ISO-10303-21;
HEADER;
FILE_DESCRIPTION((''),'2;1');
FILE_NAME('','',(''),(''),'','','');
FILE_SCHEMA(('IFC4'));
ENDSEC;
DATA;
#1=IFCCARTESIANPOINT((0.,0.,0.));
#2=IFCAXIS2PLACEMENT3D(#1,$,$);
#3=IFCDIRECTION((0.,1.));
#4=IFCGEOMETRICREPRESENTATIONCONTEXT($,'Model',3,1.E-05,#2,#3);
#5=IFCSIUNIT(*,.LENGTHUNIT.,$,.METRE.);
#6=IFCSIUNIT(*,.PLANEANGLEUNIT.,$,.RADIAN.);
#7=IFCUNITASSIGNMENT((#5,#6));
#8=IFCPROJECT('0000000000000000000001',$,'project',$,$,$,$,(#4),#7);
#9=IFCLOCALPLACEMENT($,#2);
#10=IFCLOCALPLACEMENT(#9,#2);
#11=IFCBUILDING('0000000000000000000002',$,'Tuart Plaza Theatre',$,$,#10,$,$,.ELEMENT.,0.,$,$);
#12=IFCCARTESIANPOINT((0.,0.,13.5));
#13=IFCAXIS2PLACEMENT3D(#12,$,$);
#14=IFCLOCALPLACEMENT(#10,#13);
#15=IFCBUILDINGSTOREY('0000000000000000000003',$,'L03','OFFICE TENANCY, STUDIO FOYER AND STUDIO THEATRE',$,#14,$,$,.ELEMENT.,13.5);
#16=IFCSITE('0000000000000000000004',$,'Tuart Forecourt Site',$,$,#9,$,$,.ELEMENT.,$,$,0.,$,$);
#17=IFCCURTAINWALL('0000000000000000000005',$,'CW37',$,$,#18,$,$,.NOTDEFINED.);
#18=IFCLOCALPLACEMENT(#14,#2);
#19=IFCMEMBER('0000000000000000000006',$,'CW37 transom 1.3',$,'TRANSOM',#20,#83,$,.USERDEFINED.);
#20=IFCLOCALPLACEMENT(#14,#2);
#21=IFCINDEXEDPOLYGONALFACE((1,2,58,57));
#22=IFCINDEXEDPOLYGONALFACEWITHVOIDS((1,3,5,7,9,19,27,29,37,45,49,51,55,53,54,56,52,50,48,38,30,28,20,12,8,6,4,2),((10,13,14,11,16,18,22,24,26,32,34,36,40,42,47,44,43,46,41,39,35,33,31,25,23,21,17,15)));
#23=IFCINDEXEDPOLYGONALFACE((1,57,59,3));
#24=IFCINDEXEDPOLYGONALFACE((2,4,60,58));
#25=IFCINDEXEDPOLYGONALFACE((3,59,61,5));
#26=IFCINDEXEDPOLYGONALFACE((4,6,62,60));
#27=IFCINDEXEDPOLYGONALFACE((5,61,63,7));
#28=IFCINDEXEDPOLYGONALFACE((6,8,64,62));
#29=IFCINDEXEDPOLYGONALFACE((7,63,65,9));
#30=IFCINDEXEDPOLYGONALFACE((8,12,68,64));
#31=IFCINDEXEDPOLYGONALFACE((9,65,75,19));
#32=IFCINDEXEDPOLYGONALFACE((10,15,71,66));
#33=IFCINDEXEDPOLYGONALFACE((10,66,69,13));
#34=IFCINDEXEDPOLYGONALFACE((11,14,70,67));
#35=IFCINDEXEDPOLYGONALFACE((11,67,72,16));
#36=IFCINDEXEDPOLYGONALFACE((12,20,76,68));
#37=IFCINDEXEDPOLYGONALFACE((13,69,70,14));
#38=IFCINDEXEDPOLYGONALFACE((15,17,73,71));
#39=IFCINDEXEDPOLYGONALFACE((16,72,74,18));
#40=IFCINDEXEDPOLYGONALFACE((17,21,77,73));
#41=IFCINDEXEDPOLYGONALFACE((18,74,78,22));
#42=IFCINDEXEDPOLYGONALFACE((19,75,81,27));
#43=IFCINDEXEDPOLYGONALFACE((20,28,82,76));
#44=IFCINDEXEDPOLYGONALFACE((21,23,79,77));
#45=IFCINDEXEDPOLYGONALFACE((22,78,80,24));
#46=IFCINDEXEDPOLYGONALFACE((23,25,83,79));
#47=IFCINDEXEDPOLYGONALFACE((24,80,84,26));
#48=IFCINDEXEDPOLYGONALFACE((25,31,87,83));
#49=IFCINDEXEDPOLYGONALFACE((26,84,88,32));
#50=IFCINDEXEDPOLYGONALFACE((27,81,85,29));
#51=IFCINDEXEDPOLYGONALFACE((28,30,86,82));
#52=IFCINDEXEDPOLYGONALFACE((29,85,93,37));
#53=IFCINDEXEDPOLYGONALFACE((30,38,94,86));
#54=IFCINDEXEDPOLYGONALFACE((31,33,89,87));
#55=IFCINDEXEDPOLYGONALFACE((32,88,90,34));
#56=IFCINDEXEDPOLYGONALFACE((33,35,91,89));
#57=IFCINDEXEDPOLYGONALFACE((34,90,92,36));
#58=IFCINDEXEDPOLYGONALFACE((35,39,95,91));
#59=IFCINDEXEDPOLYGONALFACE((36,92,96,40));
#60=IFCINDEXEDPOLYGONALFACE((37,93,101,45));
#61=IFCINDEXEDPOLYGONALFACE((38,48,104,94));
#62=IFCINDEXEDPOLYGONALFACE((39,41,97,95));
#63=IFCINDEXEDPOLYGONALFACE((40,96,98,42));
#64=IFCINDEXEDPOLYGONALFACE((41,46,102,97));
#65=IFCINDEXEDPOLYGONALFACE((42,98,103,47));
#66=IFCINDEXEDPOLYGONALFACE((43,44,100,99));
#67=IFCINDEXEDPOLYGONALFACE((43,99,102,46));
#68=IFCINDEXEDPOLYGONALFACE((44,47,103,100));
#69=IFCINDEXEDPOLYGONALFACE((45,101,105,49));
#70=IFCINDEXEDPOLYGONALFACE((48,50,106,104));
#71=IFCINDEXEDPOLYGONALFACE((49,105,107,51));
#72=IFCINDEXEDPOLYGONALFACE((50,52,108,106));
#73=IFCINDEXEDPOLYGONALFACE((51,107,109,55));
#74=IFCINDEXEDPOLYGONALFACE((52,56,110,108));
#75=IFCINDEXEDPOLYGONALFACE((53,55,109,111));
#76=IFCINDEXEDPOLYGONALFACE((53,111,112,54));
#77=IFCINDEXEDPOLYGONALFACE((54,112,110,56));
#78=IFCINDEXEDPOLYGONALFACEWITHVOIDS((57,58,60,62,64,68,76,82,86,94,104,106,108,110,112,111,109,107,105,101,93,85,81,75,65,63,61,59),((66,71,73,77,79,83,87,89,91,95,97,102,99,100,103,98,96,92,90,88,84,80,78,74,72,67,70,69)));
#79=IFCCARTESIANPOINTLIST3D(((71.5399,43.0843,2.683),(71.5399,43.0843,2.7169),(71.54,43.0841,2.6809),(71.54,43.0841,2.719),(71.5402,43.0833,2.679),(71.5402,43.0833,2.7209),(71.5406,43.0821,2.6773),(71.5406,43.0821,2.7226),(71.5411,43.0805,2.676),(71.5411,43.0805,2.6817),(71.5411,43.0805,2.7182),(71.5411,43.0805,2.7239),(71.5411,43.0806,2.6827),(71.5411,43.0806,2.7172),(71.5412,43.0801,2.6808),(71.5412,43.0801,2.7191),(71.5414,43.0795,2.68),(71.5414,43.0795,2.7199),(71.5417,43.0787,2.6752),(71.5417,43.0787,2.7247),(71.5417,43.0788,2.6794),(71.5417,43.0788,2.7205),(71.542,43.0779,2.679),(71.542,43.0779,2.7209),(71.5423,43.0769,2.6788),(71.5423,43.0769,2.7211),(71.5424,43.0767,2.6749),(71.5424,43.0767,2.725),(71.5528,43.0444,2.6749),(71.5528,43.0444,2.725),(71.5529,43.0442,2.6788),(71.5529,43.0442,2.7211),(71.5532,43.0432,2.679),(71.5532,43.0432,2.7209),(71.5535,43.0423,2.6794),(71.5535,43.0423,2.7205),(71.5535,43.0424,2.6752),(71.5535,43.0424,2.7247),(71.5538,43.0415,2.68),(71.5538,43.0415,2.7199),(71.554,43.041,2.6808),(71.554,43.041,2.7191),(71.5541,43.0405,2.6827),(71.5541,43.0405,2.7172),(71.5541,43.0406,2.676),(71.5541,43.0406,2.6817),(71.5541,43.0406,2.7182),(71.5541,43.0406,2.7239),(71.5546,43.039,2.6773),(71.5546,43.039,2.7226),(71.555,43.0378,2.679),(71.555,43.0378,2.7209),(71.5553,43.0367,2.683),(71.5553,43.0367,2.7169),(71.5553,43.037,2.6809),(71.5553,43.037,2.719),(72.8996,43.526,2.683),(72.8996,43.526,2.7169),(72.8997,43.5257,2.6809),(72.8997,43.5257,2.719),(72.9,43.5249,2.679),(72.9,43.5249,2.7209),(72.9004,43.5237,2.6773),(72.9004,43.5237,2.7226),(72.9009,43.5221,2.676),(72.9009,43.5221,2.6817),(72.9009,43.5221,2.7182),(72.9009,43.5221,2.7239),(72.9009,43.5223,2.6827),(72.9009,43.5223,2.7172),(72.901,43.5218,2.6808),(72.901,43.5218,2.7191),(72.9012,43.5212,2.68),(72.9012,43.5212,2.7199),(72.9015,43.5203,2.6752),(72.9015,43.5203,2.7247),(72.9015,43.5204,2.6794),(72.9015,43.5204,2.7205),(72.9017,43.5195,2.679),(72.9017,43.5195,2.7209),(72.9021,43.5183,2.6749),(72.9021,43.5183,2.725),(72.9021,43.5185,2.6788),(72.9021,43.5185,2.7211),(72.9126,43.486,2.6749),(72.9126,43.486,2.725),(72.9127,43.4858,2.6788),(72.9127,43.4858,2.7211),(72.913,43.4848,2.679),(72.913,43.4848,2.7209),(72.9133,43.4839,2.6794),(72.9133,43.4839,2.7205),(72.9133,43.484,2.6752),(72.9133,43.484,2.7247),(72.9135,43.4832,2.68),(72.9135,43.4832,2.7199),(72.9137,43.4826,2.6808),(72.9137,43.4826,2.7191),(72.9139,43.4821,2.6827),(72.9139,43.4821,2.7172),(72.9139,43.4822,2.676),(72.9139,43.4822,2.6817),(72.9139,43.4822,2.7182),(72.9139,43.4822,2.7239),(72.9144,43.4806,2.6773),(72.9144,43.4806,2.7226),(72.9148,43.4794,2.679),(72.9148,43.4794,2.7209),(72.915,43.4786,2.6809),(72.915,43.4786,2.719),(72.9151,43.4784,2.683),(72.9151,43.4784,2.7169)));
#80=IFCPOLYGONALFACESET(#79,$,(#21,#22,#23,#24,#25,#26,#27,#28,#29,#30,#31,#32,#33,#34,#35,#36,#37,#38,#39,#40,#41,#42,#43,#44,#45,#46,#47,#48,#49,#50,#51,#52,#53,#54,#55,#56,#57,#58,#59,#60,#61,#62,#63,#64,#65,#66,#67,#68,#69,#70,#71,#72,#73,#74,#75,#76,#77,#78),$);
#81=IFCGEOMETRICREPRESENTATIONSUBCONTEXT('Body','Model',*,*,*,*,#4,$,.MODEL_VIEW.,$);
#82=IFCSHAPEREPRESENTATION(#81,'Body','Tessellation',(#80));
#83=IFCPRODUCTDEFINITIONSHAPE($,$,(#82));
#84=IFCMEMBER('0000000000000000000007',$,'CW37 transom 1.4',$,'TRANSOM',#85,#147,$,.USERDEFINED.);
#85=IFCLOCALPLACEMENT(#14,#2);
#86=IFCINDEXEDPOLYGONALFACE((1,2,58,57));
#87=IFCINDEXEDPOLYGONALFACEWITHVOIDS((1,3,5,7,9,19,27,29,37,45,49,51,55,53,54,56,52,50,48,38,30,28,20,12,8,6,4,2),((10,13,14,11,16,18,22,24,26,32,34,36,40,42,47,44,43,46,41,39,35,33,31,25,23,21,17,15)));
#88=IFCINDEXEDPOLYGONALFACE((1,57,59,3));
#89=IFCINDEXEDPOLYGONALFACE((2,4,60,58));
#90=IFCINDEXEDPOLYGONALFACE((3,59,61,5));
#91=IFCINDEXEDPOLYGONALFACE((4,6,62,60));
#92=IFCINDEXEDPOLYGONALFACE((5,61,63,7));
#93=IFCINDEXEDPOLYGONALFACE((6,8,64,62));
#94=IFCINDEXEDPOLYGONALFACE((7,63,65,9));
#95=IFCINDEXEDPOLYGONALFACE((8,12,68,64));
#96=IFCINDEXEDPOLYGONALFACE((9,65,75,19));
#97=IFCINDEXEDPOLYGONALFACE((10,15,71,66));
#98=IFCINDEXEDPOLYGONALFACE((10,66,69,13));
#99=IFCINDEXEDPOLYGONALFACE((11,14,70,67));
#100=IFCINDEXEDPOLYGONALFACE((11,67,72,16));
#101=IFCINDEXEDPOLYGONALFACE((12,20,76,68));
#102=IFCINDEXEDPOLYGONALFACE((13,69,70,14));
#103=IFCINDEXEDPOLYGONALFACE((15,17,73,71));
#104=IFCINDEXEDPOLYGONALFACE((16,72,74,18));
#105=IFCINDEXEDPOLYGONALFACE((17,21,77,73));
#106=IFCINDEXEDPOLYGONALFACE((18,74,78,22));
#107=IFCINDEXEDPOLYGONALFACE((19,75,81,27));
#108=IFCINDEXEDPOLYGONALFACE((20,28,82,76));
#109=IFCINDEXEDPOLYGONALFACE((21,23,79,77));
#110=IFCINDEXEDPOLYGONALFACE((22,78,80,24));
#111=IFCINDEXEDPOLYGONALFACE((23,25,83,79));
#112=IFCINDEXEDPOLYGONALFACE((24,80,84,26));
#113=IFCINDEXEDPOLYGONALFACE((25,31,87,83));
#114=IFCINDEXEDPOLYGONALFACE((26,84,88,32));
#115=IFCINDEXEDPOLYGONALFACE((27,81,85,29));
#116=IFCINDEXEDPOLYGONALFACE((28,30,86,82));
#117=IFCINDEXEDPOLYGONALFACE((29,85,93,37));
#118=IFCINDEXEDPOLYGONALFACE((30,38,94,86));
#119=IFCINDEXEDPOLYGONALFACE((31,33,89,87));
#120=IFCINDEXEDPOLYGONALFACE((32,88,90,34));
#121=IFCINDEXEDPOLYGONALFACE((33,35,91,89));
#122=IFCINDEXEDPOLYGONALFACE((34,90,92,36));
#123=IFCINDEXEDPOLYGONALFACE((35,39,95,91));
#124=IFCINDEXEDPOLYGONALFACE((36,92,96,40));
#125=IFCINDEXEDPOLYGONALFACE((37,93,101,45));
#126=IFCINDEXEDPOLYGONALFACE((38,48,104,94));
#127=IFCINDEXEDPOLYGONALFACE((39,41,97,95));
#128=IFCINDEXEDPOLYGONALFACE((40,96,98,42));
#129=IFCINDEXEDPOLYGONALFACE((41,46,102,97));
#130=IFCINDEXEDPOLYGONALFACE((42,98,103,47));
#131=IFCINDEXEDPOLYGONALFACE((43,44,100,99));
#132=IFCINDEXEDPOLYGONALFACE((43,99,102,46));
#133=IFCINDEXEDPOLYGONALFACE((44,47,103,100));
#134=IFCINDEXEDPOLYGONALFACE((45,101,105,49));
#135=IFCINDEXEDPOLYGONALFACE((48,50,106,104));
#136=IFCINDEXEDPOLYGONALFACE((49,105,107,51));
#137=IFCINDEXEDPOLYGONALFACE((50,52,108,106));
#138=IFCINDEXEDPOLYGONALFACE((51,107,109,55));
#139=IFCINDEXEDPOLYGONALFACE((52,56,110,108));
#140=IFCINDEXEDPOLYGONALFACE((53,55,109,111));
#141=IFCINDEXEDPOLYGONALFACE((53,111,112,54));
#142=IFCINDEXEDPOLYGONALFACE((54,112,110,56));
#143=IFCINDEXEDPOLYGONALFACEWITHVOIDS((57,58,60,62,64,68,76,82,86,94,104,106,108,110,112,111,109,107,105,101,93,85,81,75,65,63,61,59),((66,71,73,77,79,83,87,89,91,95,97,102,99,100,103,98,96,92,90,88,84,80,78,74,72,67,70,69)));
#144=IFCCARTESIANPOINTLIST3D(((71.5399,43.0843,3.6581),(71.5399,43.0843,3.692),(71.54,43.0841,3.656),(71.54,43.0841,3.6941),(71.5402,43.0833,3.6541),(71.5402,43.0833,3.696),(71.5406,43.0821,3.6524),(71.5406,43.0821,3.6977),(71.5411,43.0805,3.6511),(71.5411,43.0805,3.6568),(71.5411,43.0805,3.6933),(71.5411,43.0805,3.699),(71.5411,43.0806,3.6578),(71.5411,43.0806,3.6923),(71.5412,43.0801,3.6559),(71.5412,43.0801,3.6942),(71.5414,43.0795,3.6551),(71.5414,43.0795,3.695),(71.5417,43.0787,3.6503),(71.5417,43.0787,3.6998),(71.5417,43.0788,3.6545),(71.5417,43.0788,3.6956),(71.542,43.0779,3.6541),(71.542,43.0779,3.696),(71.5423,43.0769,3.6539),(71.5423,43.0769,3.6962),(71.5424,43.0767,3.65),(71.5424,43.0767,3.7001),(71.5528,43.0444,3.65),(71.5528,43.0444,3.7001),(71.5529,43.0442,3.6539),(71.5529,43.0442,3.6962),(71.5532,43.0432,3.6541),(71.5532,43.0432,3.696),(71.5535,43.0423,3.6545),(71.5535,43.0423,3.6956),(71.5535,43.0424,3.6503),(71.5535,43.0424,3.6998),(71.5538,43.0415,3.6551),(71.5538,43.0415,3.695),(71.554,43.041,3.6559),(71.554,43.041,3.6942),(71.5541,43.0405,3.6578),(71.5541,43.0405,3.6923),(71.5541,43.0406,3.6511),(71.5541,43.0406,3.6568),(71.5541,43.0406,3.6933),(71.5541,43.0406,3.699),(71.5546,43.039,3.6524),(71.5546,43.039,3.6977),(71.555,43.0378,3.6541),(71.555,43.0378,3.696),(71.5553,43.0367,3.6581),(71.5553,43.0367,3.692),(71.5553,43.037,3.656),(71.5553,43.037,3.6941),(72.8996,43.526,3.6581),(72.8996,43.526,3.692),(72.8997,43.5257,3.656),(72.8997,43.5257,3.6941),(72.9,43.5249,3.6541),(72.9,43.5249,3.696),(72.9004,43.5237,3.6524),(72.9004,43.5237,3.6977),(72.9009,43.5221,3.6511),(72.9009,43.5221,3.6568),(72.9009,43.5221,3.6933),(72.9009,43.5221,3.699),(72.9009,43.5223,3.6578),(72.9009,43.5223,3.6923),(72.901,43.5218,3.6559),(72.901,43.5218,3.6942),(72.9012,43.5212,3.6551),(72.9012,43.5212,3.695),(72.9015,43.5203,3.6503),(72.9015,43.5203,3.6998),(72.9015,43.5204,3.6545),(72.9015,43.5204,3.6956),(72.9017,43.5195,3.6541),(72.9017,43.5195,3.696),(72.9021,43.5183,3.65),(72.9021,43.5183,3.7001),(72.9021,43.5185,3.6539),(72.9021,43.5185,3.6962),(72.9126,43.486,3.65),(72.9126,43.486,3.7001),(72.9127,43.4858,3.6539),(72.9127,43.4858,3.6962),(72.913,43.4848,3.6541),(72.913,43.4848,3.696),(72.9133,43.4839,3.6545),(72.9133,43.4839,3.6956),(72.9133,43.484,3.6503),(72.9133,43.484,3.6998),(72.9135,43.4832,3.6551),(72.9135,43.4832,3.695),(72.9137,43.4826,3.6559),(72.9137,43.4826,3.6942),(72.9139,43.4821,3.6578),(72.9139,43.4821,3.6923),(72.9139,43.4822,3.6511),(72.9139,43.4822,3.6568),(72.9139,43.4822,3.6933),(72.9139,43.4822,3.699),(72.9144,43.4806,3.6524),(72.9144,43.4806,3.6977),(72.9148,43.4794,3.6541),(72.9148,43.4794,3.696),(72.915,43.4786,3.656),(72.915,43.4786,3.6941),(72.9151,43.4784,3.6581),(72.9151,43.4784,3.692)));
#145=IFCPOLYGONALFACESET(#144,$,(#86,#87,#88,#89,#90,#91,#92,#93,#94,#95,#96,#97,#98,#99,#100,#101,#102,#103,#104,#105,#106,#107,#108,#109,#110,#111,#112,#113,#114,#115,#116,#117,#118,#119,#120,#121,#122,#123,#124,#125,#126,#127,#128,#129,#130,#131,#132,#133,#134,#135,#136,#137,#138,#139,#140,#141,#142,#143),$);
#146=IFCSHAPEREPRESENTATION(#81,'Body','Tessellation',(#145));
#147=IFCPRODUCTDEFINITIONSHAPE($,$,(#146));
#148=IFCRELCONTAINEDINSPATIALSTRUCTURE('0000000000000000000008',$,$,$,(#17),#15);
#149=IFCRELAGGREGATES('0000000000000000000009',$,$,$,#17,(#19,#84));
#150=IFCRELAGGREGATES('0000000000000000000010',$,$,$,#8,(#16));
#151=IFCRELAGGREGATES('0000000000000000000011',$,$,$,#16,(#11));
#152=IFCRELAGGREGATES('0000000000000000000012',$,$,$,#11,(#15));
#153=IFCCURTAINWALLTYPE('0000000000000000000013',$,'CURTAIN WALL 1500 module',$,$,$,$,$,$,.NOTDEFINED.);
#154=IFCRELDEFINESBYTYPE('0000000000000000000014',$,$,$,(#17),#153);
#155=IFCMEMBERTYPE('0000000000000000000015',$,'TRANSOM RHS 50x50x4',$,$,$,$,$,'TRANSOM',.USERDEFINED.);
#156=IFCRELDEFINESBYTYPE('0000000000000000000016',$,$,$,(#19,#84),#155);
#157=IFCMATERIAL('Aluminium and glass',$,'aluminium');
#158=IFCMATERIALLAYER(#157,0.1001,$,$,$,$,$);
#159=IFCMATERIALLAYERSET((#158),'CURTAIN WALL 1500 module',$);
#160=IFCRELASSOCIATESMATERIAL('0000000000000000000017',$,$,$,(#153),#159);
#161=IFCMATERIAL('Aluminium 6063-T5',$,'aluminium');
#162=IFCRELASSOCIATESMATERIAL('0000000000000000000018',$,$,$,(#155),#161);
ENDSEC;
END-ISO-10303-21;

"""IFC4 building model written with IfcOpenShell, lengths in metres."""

from ifc_helpers import new_model, si_unit, direction, frame, origin, origin_2d, place, context, subcontext, project, spatial, hollow_rectangle, extrude, material, layer, layer_set, material_profile, profile_set, type_object, element, aggregate, save


model = new_model("IFC4")

# Units and contexts
model_context = context("Model", 3, precision=1e-05, world=origin(), true_north=direction((0.0, 1.0)))
body_context = subcontext(model_context, "Body", "Model", "MODEL_VIEW")
ifc_project = project(units=[si_unit("LENGTHUNIT", "METRE"), si_unit("PLANEANGLEUNIT", "RADIAN")], contexts=[model_context])

# Site, building, storey
site_placement = place(None, origin())
site = spatial("IfcSite", under=ifc_project, at=site_placement, Name="Tuart Forecourt Site", CompositionType="ELEMENT", RefElevation=0.0)
building_placement = place(site_placement, origin())
building = spatial("IfcBuilding", under=site, at=building_placement, Name="Tuart Plaza Theatre", CompositionType="ELEMENT", ElevationOfRefHeight=0.0)
storey_placement = place(building_placement, frame((0.0, 0.0, 13.5)))
storey = spatial("IfcBuildingStorey", under=building, at=storey_placement, Name="L03", Description="OFFICE TENANCY, STUDIO FOYER AND STUDIO THEATRE", CompositionType="ELEMENT", Elevation=13.5)

# Curtain wall
ifc_material_1 = material(Name="Aluminium and glass", Category="aluminium")
ifc_layer_1 = layer(ifc_material_1, 0.1001)
ifc_layer_set_1 = layer_set([ifc_layer_1], Name="CURTAIN WALL 1500 module")
curtain_wall_type = type_object("IfcCurtainWallType", Name="CURTAIN WALL 1500 module", PredefinedType="NOTDEFINED", material=ifc_layer_set_1)
curtain_wall_1_placement = place(storey_placement, origin())
curtain_wall_1 = element("IfcCurtainWall", 1, at=curtain_wall_1_placement, inside=storey, type_object=curtain_wall_type, Name="CW37", PredefinedType="NOTDEFINED")

# Members
ifc_material_2 = material(Name="Aluminium 6063-T5", Category="aluminium")
ifc_material_profile_1 = material_profile(ifc_material_2, hollow_rectangle(XDim=0.05, YDim=0.05, WallThickness=0.0039, InnerFilletRadius=0.0039, OuterFilletRadius=0.0081, at=origin_2d()), Name="RHS 50x50x4")
ifc_profile_set_1 = profile_set([ifc_material_profile_1], Name="Aluminium 6063-T5")
member_type_1 = type_object("IfcMemberType", Name="TRANSOM RHS 50x50x4", ElementType="TRANSOM", PredefinedType="USERDEFINED", material=ifc_profile_set_1)
member_1_placement = place(storey_placement, frame((71.5476, 43.0605, 2.7), z_axis=(0.951097, 0.308893, 0.0), x_axis=(-0.308893, 0.951097, 0.0)))
member_1 = element("IfcMember", 2, at=member_1_placement, type_object=member_type_1, Name="CW37 transom 1.3", ObjectType="TRANSOM", PredefinedType="USERDEFINED", context=body_context, shape_type="SweptSolid", body=[
    extrude(hollow_rectangle(XDim=0.05, YDim=0.05, WallThickness=0.0039, InnerFilletRadius=0.0039, OuterFilletRadius=0.0081, at=origin_2d()), origin(), (0.0, 0.0, 1.0), 1.4297),
])
member_2_placement = place(storey_placement, frame((71.5476, 43.0605, 3.675), z_axis=(0.951097, 0.308893, 0.0), x_axis=(-0.308893, 0.951097, 0.0)))
member_2 = element("IfcMember", 3, at=member_2_placement, type_object=member_type_1, Name="CW37 transom 1.4", ObjectType="TRANSOM", PredefinedType="USERDEFINED", context=body_context, shape_type="SweptSolid", body=[
    extrude(hollow_rectangle(XDim=0.05, YDim=0.05, WallThickness=0.0039, InnerFilletRadius=0.0039, OuterFilletRadius=0.0081, at=origin_2d()), origin(), (0.0, 0.0, 1.0), 1.4297),
])

aggregate(curtain_wall_1, [member_1, member_2])

save(model, "model.ifc")
